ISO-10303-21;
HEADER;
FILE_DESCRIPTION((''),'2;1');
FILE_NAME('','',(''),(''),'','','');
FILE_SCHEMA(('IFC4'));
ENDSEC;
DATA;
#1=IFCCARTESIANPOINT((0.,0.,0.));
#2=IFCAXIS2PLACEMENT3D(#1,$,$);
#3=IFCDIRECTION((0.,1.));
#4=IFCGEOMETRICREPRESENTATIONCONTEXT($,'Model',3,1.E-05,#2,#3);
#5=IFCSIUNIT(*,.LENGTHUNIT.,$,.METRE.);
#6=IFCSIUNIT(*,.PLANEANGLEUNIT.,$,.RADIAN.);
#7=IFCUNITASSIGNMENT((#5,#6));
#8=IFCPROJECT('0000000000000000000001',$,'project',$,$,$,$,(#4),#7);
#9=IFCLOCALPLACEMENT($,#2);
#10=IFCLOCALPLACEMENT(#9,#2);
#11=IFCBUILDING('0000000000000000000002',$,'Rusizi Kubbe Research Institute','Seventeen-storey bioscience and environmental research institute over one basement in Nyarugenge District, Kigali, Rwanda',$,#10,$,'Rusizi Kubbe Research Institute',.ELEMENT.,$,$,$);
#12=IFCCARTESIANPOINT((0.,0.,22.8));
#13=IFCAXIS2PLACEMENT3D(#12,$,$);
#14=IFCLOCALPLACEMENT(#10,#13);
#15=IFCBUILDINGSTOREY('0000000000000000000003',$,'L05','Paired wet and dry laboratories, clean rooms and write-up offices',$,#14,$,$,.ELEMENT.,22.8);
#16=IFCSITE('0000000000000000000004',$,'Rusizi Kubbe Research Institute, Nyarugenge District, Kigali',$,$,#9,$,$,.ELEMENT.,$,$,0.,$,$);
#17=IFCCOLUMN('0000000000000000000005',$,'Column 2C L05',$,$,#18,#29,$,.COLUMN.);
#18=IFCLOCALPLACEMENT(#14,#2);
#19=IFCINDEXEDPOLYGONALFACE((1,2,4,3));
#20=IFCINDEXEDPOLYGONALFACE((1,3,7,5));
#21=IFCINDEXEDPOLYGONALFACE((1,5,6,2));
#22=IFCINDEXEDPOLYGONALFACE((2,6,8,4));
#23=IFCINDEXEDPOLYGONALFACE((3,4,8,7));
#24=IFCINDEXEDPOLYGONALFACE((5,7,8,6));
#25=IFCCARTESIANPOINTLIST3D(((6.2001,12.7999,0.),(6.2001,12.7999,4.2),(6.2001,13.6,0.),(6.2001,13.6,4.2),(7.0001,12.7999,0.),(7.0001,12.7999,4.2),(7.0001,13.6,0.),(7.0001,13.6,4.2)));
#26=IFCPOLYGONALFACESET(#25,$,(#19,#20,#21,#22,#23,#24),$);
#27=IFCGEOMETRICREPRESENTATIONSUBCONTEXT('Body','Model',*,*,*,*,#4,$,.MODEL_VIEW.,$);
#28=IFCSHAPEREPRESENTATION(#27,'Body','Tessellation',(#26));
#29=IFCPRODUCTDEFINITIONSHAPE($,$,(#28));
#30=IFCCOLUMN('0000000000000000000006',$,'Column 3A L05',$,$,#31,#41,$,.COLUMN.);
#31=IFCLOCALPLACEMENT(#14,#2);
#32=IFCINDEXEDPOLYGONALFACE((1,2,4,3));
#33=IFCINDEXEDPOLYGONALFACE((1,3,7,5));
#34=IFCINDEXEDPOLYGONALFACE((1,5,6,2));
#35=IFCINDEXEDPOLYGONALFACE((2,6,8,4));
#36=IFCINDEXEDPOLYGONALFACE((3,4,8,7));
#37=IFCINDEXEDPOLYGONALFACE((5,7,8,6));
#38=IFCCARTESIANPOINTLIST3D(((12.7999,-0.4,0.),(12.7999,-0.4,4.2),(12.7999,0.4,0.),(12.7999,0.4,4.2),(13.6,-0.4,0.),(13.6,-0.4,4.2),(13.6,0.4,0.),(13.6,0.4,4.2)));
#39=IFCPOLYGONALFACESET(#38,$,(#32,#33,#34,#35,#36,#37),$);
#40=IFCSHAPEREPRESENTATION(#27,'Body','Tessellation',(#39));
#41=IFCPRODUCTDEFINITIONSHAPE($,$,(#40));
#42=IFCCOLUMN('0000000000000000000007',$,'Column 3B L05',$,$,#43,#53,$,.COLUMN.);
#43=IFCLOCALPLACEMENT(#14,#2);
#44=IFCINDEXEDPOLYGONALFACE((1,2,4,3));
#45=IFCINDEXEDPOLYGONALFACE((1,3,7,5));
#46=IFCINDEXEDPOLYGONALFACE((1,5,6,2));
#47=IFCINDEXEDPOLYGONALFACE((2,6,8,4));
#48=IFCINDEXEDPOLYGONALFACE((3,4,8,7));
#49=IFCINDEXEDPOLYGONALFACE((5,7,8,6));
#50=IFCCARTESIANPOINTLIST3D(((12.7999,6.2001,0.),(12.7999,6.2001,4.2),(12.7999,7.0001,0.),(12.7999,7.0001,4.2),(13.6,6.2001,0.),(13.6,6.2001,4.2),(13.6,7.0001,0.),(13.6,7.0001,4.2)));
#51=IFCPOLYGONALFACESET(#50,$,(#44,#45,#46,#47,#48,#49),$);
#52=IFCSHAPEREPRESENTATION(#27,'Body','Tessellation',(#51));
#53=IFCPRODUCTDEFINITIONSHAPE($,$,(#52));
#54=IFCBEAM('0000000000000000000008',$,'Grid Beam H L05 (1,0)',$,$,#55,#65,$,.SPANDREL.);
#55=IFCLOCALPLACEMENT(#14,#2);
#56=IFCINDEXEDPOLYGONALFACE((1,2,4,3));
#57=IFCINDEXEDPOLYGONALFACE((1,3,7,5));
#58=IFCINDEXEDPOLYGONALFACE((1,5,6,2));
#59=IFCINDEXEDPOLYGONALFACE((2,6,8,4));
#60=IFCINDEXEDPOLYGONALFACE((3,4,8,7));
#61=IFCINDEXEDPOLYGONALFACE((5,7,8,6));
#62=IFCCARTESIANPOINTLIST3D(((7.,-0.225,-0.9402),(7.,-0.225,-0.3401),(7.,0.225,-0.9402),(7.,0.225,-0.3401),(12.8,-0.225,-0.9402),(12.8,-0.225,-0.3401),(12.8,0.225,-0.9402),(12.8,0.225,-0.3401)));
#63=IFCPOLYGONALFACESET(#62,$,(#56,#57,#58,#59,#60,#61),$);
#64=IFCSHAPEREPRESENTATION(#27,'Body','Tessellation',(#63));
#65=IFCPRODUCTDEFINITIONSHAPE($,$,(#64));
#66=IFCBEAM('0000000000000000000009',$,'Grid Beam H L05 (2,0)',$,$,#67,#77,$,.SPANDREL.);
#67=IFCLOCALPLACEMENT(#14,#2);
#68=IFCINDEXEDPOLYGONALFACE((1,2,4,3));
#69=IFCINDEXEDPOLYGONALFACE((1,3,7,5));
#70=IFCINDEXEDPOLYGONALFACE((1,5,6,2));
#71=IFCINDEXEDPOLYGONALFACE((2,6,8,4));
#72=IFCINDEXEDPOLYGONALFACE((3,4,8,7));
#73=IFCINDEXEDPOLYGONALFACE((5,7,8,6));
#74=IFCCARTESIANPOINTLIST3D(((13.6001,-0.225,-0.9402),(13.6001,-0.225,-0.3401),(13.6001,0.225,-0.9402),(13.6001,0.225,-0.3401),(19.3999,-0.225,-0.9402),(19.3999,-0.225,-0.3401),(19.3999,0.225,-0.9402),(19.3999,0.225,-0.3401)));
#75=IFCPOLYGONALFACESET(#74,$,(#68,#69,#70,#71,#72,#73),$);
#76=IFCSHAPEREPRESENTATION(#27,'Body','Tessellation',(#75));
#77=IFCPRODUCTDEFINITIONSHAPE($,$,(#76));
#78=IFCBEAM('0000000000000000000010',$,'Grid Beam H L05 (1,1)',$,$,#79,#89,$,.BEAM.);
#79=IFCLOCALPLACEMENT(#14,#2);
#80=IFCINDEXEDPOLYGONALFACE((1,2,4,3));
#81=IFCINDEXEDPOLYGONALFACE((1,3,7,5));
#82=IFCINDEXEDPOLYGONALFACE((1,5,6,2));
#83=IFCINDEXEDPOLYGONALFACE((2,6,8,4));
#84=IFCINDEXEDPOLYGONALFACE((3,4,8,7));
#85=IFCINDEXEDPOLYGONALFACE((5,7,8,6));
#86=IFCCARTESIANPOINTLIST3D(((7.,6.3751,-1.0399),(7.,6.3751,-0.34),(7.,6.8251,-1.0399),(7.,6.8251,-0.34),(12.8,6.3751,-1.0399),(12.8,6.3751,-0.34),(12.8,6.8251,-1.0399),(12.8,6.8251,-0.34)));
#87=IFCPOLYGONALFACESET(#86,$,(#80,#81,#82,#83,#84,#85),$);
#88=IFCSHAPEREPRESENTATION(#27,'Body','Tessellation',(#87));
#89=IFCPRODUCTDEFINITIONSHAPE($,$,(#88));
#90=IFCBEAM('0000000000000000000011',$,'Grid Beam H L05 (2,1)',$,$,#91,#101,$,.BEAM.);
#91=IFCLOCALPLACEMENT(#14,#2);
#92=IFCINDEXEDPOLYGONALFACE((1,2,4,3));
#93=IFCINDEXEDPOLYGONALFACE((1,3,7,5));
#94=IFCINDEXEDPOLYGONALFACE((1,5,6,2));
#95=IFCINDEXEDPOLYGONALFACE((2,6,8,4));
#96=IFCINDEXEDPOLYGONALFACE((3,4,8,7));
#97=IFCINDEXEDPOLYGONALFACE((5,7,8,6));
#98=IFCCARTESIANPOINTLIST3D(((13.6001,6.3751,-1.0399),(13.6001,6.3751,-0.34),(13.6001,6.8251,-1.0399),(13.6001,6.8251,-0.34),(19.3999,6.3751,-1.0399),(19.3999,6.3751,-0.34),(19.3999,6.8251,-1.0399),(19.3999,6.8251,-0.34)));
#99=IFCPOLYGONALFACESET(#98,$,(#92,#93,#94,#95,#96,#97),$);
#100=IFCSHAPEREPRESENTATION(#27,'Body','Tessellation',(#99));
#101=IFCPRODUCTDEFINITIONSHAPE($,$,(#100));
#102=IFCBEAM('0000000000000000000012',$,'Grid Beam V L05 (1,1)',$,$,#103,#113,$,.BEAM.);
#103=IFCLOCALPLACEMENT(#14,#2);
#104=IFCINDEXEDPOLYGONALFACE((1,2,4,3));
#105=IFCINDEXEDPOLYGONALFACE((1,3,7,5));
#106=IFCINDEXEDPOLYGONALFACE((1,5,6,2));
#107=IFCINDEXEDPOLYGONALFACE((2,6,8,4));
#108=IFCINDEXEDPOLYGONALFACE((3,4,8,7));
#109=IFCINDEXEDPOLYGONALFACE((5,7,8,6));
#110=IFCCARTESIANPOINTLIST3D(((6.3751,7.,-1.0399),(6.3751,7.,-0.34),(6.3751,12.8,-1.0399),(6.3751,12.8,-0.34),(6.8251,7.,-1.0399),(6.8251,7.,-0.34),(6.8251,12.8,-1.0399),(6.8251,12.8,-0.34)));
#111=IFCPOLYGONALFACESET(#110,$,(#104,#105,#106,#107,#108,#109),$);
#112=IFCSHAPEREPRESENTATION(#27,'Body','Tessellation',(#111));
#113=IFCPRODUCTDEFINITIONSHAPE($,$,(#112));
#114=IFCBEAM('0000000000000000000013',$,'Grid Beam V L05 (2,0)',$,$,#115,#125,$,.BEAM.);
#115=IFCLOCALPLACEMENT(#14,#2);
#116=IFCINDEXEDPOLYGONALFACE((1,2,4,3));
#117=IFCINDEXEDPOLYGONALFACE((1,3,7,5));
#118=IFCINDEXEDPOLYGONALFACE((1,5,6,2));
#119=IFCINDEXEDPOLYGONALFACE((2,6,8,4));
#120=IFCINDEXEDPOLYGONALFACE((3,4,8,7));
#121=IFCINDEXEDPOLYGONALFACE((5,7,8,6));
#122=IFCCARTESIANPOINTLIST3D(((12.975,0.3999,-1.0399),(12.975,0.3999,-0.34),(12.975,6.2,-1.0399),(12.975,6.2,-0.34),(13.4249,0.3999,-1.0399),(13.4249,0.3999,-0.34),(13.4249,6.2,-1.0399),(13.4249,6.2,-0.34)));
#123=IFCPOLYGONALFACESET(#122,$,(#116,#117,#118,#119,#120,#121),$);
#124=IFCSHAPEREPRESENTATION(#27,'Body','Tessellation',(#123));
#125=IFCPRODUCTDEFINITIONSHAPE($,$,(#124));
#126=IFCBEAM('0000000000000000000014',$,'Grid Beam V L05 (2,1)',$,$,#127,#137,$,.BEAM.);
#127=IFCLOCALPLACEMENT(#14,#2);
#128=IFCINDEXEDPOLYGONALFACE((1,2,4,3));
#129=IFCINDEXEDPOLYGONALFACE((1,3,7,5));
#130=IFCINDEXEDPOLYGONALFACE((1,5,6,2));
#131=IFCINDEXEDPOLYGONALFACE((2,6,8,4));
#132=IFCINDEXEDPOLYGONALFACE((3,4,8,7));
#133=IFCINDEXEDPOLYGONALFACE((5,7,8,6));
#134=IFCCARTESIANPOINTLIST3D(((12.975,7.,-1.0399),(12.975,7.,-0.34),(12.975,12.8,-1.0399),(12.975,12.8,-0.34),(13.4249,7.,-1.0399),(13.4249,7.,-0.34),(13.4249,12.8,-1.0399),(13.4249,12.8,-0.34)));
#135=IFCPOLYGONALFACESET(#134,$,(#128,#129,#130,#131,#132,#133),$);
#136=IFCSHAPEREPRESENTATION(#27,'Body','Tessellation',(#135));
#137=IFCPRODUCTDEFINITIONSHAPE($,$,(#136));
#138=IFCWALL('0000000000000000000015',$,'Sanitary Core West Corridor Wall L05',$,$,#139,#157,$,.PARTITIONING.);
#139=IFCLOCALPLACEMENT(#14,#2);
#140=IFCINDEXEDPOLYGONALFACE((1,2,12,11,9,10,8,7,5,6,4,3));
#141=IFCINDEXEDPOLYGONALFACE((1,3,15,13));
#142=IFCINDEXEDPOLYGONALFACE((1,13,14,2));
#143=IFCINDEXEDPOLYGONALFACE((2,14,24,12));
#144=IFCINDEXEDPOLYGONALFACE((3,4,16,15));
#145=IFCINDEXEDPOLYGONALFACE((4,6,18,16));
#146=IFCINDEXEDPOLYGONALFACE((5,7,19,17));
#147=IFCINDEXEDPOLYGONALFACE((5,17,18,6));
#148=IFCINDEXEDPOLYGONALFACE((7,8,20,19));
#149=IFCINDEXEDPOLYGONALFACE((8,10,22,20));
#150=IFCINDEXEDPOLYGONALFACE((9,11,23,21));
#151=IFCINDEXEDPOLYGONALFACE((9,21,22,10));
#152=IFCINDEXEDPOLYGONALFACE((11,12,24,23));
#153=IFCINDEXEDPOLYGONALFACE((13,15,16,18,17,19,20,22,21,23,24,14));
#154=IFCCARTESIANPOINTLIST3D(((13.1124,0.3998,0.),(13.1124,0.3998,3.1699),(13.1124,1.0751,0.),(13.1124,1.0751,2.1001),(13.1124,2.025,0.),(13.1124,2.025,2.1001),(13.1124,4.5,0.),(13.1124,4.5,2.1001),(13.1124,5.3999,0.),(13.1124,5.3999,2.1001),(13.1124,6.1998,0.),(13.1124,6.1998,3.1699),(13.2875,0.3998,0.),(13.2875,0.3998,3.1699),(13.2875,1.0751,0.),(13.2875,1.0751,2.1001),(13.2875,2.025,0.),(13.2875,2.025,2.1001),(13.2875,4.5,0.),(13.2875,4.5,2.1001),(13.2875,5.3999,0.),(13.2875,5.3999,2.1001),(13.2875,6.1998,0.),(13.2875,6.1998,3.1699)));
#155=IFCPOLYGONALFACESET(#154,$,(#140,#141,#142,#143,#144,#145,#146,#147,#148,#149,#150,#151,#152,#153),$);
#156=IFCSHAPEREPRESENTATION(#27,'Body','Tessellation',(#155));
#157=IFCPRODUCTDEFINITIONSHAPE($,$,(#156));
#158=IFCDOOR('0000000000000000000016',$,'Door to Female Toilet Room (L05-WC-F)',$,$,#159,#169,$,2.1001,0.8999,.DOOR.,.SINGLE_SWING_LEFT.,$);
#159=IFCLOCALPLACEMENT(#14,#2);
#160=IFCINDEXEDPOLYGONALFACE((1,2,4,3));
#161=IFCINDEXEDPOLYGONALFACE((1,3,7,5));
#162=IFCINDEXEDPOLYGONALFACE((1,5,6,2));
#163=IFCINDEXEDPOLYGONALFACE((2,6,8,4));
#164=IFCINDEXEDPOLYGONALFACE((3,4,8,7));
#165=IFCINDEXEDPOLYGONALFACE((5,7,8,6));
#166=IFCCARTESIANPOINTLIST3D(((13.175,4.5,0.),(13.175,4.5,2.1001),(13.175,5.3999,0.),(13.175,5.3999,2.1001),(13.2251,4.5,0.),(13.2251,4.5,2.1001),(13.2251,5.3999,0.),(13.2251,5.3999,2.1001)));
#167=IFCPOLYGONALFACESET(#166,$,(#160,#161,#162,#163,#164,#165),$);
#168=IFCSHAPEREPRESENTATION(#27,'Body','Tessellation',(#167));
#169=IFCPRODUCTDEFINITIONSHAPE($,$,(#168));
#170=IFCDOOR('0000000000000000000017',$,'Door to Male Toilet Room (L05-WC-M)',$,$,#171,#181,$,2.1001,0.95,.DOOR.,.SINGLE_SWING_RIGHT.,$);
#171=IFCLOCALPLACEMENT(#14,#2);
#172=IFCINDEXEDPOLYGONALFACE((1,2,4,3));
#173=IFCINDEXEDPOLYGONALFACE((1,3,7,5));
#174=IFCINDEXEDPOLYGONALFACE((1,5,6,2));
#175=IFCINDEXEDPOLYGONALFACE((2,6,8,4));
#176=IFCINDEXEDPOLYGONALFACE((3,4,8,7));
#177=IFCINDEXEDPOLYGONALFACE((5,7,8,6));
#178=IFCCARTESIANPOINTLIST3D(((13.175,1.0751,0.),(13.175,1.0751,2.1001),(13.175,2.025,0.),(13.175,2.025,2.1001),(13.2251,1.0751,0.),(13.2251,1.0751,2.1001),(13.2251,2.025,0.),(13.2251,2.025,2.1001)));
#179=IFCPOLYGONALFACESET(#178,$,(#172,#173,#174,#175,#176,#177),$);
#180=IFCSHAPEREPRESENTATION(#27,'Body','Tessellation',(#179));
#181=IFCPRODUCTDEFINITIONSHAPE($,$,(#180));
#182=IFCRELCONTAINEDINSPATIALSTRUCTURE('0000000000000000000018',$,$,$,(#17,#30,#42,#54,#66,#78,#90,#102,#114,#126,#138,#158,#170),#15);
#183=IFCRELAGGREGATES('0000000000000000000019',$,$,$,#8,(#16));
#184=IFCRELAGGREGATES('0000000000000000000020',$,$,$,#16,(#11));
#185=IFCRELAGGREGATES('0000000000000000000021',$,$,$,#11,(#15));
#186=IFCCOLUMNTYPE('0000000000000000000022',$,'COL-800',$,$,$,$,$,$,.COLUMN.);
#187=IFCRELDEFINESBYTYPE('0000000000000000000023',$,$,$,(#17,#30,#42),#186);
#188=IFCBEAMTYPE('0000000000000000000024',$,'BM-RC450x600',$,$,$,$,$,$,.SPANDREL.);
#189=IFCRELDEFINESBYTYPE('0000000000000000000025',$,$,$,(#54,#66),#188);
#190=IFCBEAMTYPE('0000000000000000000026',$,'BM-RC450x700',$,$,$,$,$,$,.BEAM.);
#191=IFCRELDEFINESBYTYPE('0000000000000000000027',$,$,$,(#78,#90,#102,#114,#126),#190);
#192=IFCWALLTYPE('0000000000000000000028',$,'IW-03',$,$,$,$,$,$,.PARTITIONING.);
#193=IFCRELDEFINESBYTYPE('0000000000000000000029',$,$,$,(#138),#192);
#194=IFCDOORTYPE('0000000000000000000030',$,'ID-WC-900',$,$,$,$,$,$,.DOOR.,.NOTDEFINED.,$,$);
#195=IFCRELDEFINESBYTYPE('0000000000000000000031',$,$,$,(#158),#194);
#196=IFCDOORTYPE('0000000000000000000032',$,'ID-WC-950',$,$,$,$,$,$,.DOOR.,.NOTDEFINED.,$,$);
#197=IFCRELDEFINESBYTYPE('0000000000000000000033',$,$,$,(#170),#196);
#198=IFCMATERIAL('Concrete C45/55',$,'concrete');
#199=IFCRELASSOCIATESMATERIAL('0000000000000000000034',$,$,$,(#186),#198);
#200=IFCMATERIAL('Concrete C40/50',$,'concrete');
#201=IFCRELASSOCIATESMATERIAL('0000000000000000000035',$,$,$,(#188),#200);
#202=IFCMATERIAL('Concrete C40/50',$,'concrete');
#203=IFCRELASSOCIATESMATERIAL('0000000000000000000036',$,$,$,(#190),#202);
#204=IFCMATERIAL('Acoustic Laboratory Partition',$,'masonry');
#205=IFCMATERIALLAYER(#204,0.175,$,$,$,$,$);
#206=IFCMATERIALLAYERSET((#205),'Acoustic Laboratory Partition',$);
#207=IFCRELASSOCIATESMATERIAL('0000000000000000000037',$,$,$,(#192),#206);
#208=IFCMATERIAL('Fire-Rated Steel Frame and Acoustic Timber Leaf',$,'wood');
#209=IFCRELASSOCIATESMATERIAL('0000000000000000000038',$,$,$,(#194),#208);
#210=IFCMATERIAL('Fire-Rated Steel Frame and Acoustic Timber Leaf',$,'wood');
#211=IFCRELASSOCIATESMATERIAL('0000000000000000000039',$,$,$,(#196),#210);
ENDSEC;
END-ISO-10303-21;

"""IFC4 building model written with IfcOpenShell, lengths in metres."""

from ifc_helpers import new_model, si_unit, direction, frame, frame_2d, origin, origin_2d, place, context, subcontext, project, spatial, rectangle, extrude, material, layer, layer_set, material_profile, profile_set, type_object, element, fill, save


model = new_model("IFC4")

# Units and contexts
model_context = context("Model", 3, precision=1e-05, world=origin(), true_north=direction((0.0, 1.0)))
body_context = subcontext(model_context, "Body", "Model", "MODEL_VIEW")
ifc_project = project(units=[si_unit("LENGTHUNIT", "METRE"), si_unit("PLANEANGLEUNIT", "RADIAN")], contexts=[model_context])

# Site, building, storey
site_placement = place(None, origin())
site = spatial("IfcSite", under=ifc_project, at=site_placement, Name="Rusizi Kubbe Research Institute, Nyarugenge District, Kigali", CompositionType="ELEMENT", RefElevation=0.0)
building_placement = place(site_placement, origin())
building = spatial("IfcBuilding", under=site, at=building_placement, Name="Rusizi Kubbe Research Institute", Description="Seventeen-storey bioscience and environmental research institute over one basement in Nyarugenge District, Kigali, Rwanda", LongName="Rusizi Kubbe Research Institute", CompositionType="ELEMENT")
storey_placement = place(building_placement, frame((0.0, 0.0, 22.8)))
storey = spatial("IfcBuildingStorey", under=building, at=storey_placement, Name="L05", Description="Paired wet and dry laboratories, clean rooms and write-up offices", CompositionType="ELEMENT", Elevation=22.8)

# Columns
ifc_material_1 = material(Name="Concrete C45/55", Category="concrete")
ifc_material_profile_1 = material_profile(ifc_material_1, rectangle(XDim=0.8, YDim=0.8, at=origin_2d()), Name="RC800x800")
ifc_profile_set_1 = profile_set([ifc_material_profile_1], Name="Concrete C45/55")
column_type = type_object("IfcColumnType", Name="COL-800", PredefinedType="COLUMN", material=ifc_profile_set_1)
for number, where, z_axis, x_axis, name in (
    (1, (6.6001, 13.2, 0.0), (0.0, 0.0, 1.0), (1.0, 0.0, 0.0), "Column 2C L05"),
    (2, (13.2, 0.0, 0.0), (0.0, 0.0, 1.0), (1.0, 0.0, 0.0), "Column 3A L05"),
    (3, (13.2, 6.6001, 0.0), (0.0, 0.0, 1.0), (1.0, 0.0, 0.0), "Column 3B L05"),
):
    element("IfcColumn", number, at=place(storey_placement, frame(where, z_axis=z_axis, x_axis=x_axis)), inside=storey, type_object=column_type, Name=name, PredefinedType="COLUMN", context=body_context, shape_type="SweptSolid", body=[
        extrude(rectangle(XDim=0.8, YDim=0.8, at=origin_2d()), origin(), (0.0, 0.0, 1.0), 4.2),
    ])

# Beams
ifc_material_2 = material(Name="Concrete C40/50", Category="concrete")
ifc_material_profile_2 = material_profile(ifc_material_2, rectangle(XDim=0.45, YDim=0.6001, at=origin_2d()), Name="RC450x600")
ifc_profile_set_2 = profile_set([ifc_material_profile_2], Name="Concrete C40/50")
beam_type_1 = type_object("IfcBeamType", Name="BM-RC450x600", PredefinedType="SPANDREL", material=ifc_profile_set_2)
beam_1_placement = place(storey_placement, frame((7.0, 0.0, -0.6401), z_axis=(1.0, 0.0, 0.0), x_axis=(0.0, 1.0, 0.0)))
element("IfcBeam", 4, at=beam_1_placement, inside=storey, type_object=beam_type_1, Name="Grid Beam H L05 (1,0)", PredefinedType="SPANDREL", context=body_context, shape_type="SweptSolid", body=[
    extrude(rectangle(XDim=0.45, YDim=0.6001, at=origin_2d()), origin(), (0.0, 0.0, 1.0), 5.8),
])
beam_2_placement = place(storey_placement, frame((13.6001, 0.0, -0.6401), z_axis=(1.0, 0.0, 0.0), x_axis=(0.0, 1.0, 0.0)))
element("IfcBeam", 5, at=beam_2_placement, inside=storey, type_object=beam_type_1, Name="Grid Beam H L05 (2,0)", PredefinedType="SPANDREL", context=body_context, shape_type="SweptSolid", body=[
    extrude(rectangle(XDim=0.45, YDim=0.6001, at=origin_2d()), origin(), (0.0, 0.0, 1.0), 5.7998),
])
ifc_material_3 = material(Name="Concrete C40/50", Category="concrete")
ifc_material_profile_3 = material_profile(ifc_material_3, rectangle(XDim=0.45, YDim=0.7, at=origin_2d()), Name="RC450x700B")
ifc_profile_set_3 = profile_set([ifc_material_profile_3], Name="Concrete C40/50")
beam_type_2 = type_object("IfcBeamType", Name="BM-RC450x700", PredefinedType="BEAM", material=ifc_profile_set_3)
beam_3_placement = place(storey_placement, frame((7.0, 6.6001, -0.6899), z_axis=(1.0, 0.0, 0.0), x_axis=(0.0, 1.0, 0.0)))
element("IfcBeam", 6, at=beam_3_placement, inside=storey, type_object=beam_type_2, Name="Grid Beam H L05 (1,1)", PredefinedType="BEAM", context=body_context, shape_type="SweptSolid", body=[
    extrude(rectangle(XDim=0.45, YDim=0.7, at=origin_2d()), origin(), (0.0, 0.0, 1.0), 5.8),
])
beam_4_placement = place(storey_placement, frame((13.6001, 6.6001, -0.6899), z_axis=(1.0, 0.0, 0.0), x_axis=(0.0, 1.0, 0.0)))
element("IfcBeam", 7, at=beam_4_placement, inside=storey, type_object=beam_type_2, Name="Grid Beam H L05 (2,1)", PredefinedType="BEAM", context=body_context, shape_type="SweptSolid", body=[
    extrude(rectangle(XDim=0.45, YDim=0.7, at=origin_2d()), origin(), (0.0, 0.0, 1.0), 5.7998),
])
for number, where, z_axis, x_axis, name in (
    (8, (6.6001, 7.0, -0.6899), (0.0, 1.0, 0.0), (-1.0, 0.0, 0.0), "Grid Beam V L05 (1,1)"),
    (9, (13.2, 0.3999, -0.6899), (0.0, 1.0, 0.0), (-1.0, 0.0, 0.0), "Grid Beam V L05 (2,0)"),
    (10, (13.2, 7.0, -0.6899), (0.0, 1.0, 0.0), (-1.0, 0.0, 0.0), "Grid Beam V L05 (2,1)"),
):
    element("IfcBeam", number, at=place(storey_placement, frame(where, z_axis=z_axis, x_axis=x_axis)), inside=storey, type_object=beam_type_2, Name=name, PredefinedType="BEAM", context=body_context, shape_type="SweptSolid", body=[
        extrude(rectangle(XDim=0.45, YDim=0.7, at=origin_2d()), origin(), (0.0, 0.0, 1.0), 5.8),
    ])

# Wall, openings, doors
ifc_material_4 = material(Name="Acoustic Laboratory Partition", Category="masonry")
ifc_layer_1 = layer(ifc_material_4, 0.175)
ifc_layer_set_1 = layer_set([ifc_layer_1], Name="Acoustic Laboratory Partition")
wall_type_1 = type_object("IfcWallType", Name="IW-03", PredefinedType="PARTITIONING", material=ifc_layer_set_1)
wall_1_placement = place(storey_placement, frame((13.2, 0.3999, 0.0), z_axis=(0.0, 0.0, 1.0), x_axis=(0.0, 1.0, 0.0)))
wall_1 = element("IfcWall", 11, at=wall_1_placement, inside=storey, type_object=wall_type_1, Name="Sanitary Core West Corridor Wall L05", PredefinedType="PARTITIONING", context=body_context, shape_type="SweptSolid", body=[
    extrude(rectangle(XDim=5.8, YDim=0.175, at=frame_2d((2.8999, 0.0))), origin(), (0.0, 0.0, 1.0), 3.1699),
])
opening_1_placement = place(wall_1_placement, frame((0.675, 0.0, 0.0)))
opening_1 = element("IfcOpeningElement", 12, at=opening_1_placement, cuts=wall_1, PredefinedType="OPENING", context=body_context, shape_type="SweptSolid", body=[
    extrude(rectangle(XDim=0.95, YDim=2.1001, at=frame_2d((0.4751, 1.05))), frame((0.0, 0.0974, 0.0), z_axis=(0.0, -1.0, 0.0), x_axis=(1.0, 0.0, 0.0)), (0.0, 0.0, 1.0), 0.1951),
])
opening_2_placement = place(wall_1_placement, frame((4.1001, 0.0, 0.0)))
opening_2 = element("IfcOpeningElement", 13, at=opening_2_placement, cuts=wall_1, PredefinedType="OPENING", context=body_context, shape_type="SweptSolid", body=[
    extrude(rectangle(XDim=0.8999, YDim=2.1001, at=frame_2d((0.45, 1.05))), frame((0.0, 0.0974, 0.0), z_axis=(0.0, -1.0, 0.0), x_axis=(1.0, 0.0, 0.0)), (0.0, 0.0, 1.0), 0.1951),
])
ifc_material_5 = material(Name="Fire-Rated Steel Frame and Acoustic Timber Leaf", Category="wood")
door_type_1 = type_object("IfcDoorType", Name="ID-WC-900", OperationType="NOTDEFINED", PredefinedType="DOOR", material=ifc_material_5)
door_1_placement = place(opening_2_placement, origin())
door_1 = element("IfcDoor", 14, at=door_1_placement, inside=storey, type_object=door_type_1, Name="Door to Female Toilet Room (L05-WC-F)", OperationType="SINGLE_SWING_LEFT", OverallHeight=2.1001, OverallWidth=0.8999, PredefinedType="DOOR", context=body_context, shape_type="SweptSolid", body=[
    extrude(rectangle(XDim=0.8999, YDim=2.1001, at=frame_2d((0.45, 1.05))), frame((0.0, 0.0249, 0.0), z_axis=(0.0, -1.0, 0.0), x_axis=(1.0, 0.0, 0.0)), (0.0, 0.0, 1.0), 0.05),
])
fill(opening_2, door_1)
ifc_material_6 = material(Name="Fire-Rated Steel Frame and Acoustic Timber Leaf", Category="wood")
door_type_2 = type_object("IfcDoorType", Name="ID-WC-950", OperationType="NOTDEFINED", PredefinedType="DOOR", material=ifc_material_6)
door_2_placement = place(opening_1_placement, origin())
door_2 = element("IfcDoor", 15, at=door_2_placement, inside=storey, type_object=door_type_2, Name="Door to Male Toilet Room (L05-WC-M)", OperationType="SINGLE_SWING_RIGHT", OverallHeight=2.1001, OverallWidth=0.95, PredefinedType="DOOR", context=body_context, shape_type="SweptSolid", body=[
    extrude(rectangle(XDim=0.95, YDim=2.1001, at=frame_2d((0.4751, 1.05))), frame((0.0, 0.0249, 0.0), z_axis=(0.0, -1.0, 0.0), x_axis=(1.0, 0.0, 0.0)), (0.0, 0.0, 1.0), 0.05),
])
fill(opening_1, door_2)

save(model, "model.ifc")
